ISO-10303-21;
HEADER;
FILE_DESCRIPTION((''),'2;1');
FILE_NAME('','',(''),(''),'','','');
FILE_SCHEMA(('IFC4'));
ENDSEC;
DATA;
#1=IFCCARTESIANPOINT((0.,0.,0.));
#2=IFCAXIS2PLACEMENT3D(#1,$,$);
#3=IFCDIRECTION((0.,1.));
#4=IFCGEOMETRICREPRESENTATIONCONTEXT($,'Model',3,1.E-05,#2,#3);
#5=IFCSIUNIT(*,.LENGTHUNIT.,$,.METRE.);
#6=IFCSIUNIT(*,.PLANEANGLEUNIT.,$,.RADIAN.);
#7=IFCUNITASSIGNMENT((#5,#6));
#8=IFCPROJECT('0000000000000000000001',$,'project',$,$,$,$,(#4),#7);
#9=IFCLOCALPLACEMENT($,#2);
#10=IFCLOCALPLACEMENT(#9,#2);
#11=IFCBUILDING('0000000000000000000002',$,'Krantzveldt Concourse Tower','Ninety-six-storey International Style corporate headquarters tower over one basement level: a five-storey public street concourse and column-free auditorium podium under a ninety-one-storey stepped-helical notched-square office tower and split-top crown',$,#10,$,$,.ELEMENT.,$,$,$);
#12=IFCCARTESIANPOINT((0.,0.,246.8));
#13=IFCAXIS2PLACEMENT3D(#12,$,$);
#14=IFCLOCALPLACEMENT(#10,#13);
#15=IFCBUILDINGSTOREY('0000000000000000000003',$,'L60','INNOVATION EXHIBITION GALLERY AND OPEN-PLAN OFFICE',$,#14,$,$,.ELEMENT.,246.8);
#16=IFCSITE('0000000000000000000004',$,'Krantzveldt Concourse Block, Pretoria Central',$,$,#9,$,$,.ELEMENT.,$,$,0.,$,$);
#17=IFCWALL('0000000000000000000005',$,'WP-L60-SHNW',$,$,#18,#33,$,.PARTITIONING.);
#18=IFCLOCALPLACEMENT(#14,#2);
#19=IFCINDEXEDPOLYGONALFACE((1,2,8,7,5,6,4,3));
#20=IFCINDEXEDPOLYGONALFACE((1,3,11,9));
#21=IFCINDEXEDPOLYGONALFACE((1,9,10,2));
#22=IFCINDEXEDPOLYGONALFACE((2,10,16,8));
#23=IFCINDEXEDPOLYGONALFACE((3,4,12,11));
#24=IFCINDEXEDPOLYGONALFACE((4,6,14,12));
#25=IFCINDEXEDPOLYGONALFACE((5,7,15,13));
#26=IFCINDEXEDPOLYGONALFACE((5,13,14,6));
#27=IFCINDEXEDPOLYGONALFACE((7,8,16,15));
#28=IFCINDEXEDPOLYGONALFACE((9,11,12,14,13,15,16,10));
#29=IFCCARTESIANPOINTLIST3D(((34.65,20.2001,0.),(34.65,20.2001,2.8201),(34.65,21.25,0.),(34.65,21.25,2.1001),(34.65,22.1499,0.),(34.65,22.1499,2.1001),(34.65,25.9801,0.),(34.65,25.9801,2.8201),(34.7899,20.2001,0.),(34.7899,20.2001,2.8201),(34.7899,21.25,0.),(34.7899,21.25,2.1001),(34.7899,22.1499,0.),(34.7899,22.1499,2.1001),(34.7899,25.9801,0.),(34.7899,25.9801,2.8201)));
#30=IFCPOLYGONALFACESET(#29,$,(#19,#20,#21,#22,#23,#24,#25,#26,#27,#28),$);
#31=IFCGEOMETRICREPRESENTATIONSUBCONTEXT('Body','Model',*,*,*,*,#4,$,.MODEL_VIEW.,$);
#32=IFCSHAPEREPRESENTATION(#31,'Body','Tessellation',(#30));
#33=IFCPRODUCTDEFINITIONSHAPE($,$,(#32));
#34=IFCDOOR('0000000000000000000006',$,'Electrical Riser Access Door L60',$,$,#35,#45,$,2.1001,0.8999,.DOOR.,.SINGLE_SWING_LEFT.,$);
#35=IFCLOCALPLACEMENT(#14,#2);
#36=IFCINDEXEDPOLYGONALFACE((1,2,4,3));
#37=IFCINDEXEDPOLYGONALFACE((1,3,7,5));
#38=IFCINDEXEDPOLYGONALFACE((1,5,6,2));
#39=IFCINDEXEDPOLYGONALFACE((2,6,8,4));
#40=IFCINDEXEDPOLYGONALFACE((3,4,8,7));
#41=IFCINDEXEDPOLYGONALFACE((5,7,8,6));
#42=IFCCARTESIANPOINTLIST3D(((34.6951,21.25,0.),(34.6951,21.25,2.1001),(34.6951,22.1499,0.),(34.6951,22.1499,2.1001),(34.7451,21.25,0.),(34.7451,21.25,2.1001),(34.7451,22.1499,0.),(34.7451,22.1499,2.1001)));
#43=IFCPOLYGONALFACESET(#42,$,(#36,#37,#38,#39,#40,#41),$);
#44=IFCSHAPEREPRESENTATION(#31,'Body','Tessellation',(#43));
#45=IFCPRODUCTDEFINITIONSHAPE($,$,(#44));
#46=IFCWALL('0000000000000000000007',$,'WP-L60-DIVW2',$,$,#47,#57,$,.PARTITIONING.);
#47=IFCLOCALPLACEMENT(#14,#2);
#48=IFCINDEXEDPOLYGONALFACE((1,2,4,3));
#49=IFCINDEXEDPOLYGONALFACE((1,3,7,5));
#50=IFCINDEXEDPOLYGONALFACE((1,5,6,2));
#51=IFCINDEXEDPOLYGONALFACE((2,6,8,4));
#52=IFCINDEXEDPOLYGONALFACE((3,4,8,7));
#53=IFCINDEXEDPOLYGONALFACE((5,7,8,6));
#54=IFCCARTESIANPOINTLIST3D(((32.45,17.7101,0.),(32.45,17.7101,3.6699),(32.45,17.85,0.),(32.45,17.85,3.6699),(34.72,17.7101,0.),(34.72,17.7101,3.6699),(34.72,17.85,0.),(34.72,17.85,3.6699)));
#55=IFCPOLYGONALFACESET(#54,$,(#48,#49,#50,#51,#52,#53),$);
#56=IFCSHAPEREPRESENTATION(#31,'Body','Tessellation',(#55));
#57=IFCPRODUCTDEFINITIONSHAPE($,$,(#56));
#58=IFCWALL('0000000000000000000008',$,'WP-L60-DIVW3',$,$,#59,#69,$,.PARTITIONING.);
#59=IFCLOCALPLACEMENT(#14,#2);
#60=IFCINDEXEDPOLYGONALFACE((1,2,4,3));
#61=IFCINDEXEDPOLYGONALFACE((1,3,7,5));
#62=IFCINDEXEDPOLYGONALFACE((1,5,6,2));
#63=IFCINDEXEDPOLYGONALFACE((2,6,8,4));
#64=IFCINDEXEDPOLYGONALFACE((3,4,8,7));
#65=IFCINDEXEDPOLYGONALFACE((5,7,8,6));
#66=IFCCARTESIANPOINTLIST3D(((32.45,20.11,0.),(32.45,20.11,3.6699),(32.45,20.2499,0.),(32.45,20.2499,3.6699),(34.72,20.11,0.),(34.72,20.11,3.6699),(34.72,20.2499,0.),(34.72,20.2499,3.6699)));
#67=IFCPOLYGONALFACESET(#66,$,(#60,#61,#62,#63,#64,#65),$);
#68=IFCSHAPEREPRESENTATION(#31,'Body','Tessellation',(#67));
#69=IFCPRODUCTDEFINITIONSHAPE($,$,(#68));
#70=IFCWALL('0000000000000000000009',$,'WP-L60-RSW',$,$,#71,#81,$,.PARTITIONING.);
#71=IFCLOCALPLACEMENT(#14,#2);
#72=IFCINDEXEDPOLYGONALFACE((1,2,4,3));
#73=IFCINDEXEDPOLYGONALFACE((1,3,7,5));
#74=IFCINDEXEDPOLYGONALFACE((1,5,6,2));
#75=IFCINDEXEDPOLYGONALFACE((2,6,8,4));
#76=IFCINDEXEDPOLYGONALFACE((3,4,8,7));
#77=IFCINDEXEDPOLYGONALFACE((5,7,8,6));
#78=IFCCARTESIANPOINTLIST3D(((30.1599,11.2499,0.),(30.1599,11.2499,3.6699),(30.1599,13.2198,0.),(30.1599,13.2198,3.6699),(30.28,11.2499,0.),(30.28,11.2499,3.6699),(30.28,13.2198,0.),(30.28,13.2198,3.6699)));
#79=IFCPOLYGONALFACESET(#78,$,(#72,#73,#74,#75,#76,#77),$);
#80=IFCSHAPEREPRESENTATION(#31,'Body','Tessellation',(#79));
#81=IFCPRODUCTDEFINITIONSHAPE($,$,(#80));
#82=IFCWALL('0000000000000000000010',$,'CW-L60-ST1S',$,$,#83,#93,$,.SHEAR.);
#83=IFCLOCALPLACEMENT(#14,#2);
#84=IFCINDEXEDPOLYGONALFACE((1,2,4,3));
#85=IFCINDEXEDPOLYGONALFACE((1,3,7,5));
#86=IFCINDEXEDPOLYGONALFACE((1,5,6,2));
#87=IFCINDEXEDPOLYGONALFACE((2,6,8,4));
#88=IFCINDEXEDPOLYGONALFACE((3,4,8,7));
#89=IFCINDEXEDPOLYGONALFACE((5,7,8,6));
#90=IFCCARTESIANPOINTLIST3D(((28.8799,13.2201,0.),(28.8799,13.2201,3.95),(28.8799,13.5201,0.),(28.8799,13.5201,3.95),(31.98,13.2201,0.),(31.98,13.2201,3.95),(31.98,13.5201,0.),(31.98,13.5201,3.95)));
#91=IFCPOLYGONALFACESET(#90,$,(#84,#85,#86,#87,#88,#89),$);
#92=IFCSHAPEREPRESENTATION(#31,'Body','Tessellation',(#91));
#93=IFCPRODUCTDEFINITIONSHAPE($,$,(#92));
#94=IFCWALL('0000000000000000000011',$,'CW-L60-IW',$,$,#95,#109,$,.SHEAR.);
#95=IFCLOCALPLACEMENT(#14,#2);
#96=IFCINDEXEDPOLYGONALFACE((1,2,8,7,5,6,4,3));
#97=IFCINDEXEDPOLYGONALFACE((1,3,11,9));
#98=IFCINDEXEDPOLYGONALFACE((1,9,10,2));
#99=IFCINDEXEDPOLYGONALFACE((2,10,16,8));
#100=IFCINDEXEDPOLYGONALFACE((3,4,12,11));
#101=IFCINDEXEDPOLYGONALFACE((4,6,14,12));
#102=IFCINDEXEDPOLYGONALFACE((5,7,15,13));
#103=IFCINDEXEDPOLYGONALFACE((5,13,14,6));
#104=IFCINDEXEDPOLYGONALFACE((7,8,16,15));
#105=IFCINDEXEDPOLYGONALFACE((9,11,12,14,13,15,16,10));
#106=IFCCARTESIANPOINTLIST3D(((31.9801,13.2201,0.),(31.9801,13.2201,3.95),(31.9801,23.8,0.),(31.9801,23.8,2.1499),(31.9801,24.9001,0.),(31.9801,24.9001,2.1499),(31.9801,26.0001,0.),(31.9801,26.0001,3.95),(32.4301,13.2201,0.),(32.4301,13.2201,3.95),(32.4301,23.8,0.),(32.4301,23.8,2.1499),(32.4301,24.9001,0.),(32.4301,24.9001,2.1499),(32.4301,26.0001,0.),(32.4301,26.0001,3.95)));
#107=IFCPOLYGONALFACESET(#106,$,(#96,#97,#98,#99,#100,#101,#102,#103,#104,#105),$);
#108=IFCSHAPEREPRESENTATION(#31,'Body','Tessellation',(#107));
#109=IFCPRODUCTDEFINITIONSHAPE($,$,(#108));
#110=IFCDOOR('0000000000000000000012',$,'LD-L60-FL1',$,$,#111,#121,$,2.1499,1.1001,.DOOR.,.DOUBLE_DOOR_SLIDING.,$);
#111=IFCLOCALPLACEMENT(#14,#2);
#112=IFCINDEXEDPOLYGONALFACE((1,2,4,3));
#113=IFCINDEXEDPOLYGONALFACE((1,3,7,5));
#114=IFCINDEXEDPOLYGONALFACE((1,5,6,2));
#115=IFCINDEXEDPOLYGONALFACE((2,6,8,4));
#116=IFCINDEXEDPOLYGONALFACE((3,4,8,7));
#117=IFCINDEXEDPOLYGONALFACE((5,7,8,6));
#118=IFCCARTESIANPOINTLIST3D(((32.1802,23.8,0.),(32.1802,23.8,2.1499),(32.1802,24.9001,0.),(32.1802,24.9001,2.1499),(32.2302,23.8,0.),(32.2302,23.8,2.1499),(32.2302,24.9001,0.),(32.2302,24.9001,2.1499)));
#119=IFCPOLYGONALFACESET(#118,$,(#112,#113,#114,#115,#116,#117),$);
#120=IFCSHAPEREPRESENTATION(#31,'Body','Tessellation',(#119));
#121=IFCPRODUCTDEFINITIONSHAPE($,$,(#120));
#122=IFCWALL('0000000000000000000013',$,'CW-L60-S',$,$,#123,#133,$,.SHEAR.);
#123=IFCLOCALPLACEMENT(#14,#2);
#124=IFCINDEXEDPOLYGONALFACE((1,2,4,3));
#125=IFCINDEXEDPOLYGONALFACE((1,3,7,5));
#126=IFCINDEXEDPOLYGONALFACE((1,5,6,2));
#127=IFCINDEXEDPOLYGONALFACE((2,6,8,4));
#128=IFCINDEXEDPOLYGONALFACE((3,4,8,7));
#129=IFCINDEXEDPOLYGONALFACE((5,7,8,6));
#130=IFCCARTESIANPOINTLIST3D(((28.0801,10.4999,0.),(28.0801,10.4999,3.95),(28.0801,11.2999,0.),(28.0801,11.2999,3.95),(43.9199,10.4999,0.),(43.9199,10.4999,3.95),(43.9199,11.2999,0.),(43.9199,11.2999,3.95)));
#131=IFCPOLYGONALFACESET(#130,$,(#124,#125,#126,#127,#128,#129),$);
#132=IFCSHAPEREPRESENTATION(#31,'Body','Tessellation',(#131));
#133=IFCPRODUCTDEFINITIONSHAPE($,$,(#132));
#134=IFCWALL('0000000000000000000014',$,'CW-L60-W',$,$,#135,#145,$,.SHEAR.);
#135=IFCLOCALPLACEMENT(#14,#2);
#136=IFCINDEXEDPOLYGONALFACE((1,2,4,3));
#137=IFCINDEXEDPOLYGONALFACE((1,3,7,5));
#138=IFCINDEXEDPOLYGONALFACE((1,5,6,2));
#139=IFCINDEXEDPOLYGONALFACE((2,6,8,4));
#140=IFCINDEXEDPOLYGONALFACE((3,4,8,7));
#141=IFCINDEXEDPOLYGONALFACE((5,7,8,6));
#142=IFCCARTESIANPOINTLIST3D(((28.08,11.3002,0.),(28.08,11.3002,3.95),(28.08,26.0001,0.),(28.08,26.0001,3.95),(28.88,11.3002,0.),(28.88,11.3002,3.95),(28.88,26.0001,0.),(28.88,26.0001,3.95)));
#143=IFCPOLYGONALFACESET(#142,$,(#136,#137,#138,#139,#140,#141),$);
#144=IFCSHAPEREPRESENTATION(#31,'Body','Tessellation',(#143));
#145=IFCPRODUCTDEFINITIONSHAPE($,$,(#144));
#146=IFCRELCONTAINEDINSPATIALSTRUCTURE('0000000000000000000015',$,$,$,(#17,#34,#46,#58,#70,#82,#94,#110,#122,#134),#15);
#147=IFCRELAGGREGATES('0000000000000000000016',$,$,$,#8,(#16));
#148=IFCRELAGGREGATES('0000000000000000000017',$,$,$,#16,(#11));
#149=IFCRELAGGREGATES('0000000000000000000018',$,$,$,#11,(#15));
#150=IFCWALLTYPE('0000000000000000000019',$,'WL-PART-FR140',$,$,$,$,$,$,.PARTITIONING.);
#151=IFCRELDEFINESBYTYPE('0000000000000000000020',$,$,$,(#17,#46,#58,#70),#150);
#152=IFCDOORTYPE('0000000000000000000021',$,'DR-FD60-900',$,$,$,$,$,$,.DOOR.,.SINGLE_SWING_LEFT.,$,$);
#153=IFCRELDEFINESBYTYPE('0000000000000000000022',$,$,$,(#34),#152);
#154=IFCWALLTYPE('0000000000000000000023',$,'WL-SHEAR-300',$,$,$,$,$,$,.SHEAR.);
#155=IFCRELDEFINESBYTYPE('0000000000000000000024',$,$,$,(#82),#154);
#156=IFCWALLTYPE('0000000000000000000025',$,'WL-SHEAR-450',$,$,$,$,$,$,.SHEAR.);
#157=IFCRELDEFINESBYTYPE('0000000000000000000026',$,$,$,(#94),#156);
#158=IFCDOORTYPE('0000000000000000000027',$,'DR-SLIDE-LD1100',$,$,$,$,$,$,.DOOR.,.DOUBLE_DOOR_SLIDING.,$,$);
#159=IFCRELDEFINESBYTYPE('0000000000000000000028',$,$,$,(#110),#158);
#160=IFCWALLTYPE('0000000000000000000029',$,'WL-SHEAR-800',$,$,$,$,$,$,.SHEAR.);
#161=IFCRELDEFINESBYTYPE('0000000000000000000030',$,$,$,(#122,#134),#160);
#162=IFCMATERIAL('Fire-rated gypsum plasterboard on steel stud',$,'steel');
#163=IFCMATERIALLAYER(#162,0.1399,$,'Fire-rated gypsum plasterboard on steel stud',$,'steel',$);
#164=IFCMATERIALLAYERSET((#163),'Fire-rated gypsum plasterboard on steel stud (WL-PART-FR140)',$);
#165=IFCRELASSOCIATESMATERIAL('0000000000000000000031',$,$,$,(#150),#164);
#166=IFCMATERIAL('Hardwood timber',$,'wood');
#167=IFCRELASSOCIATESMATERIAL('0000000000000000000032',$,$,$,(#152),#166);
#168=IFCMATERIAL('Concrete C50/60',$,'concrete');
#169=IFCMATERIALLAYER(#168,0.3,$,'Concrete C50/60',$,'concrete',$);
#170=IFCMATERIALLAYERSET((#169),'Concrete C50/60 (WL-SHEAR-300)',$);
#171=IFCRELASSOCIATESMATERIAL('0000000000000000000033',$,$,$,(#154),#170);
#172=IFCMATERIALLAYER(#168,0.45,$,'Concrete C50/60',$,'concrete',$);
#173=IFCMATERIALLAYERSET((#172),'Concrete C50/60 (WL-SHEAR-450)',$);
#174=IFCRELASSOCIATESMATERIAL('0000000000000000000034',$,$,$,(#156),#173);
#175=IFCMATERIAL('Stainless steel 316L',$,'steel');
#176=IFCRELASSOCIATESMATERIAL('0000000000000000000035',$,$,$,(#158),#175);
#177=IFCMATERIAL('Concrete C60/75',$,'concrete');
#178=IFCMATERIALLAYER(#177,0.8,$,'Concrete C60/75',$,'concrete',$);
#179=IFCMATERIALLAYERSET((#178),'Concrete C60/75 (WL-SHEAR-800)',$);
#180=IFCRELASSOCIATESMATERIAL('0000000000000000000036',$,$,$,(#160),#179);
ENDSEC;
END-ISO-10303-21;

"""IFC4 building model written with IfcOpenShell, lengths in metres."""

from ifc_helpers import new_model, si_unit, direction, frame, frame_2d, origin, place, context, subcontext, project, spatial, rectangle, extrude, material, layer, layer_set, type_object, element, fill, save


model = new_model("IFC4")

# Units and contexts
model_context = context("Model", 3, precision=1e-05, world=origin(), true_north=direction((0.0, 1.0)))
body_context = subcontext(model_context, "Body", "Model", "MODEL_VIEW")
ifc_project = project(units=[si_unit("LENGTHUNIT", "METRE"), si_unit("PLANEANGLEUNIT", "RADIAN")], contexts=[model_context])

# Site, building, storey
site_placement = place(None, origin())
site = spatial("IfcSite", under=ifc_project, at=site_placement, Name="Krantzveldt Concourse Block, Pretoria Central", CompositionType="ELEMENT", RefElevation=0.0)
building_placement = place(site_placement, origin())
building = spatial("IfcBuilding", under=site, at=building_placement, Name="Krantzveldt Concourse Tower", Description="Ninety-six-storey International Style corporate headquarters tower over one basement level: a five-storey public street concourse and column-free auditorium podium under a ninety-one-storey stepped-helical notched-square office tower and split-top crown", CompositionType="ELEMENT")
storey_placement = place(building_placement, frame((0.0, 0.0, 246.8)))
storey = spatial("IfcBuildingStorey", under=building, at=storey_placement, Name="L60", Description="INNOVATION EXHIBITION GALLERY AND OPEN-PLAN OFFICE", CompositionType="ELEMENT", Elevation=246.8)

# Shared definitions
ifc_material_1 = material(Name="Concrete C50/60", Category="concrete")

# Wall, opening, door
ifc_material_2 = material(Name="Fire-rated gypsum plasterboard on steel stud", Category="steel")
ifc_material_3 = material(Name="Hardwood timber", Category="wood")
ifc_layer_1 = layer(ifc_material_2, 0.1399, Name="Fire-rated gypsum plasterboard on steel stud", Category="steel")
ifc_layer_set_1 = layer_set([ifc_layer_1], Name="Fire-rated gypsum plasterboard on steel stud (WL-PART-FR140)")
wall_type_1 = type_object("IfcWallType", Name="WL-PART-FR140", PredefinedType="PARTITIONING", material=ifc_layer_set_1)
wall_1_placement = place(storey_placement, frame((34.72, 20.2, 0.0), z_axis=(0.0, 0.0, 1.0), x_axis=(0.0, 1.0, 0.0)))
wall_1 = element("IfcWall", 1, at=wall_1_placement, inside=storey, type_object=wall_type_1, Name="WP-L60-SHNW", PredefinedType="PARTITIONING", context=body_context, shape_type="SweptSolid", body=[
    extrude(rectangle(XDim=5.78, YDim=0.1399, at=frame_2d((2.8901, 0.0))), origin(), (0.0, 0.0, 1.0), 2.8201),
])
opening_1_placement = place(wall_1_placement, frame((1.05, 0.0, 0.0)))
opening_1 = element("IfcOpeningElement", 2, at=opening_1_placement, cuts=wall_1, PredefinedType="OPENING", context=body_context, shape_type="SweptSolid", body=[
    extrude(rectangle(XDim=0.8999, YDim=2.1001, at=frame_2d((0.45, 1.05))), frame((0.0, 0.0801, 0.0), z_axis=(0.0, -1.0, 0.0), x_axis=(1.0, 0.0, 0.0)), (0.0, 0.0, 1.0), 0.1599),
])
door_type_1 = type_object("IfcDoorType", Name="DR-FD60-900", OperationType="SINGLE_SWING_LEFT", PredefinedType="DOOR", material=ifc_material_3)
door_1_placement = place(opening_1_placement, origin())
door_1 = element("IfcDoor", 3, at=door_1_placement, inside=storey, type_object=door_type_1, Name="Electrical Riser Access Door L60", OperationType="SINGLE_SWING_LEFT", OverallHeight=2.1001, OverallWidth=0.8999, PredefinedType="DOOR", context=body_context, shape_type="SweptSolid", body=[
    extrude(rectangle(XDim=0.8999, YDim=2.1001, at=frame_2d((0.45, 1.05))), frame((0.0, 0.0249, 0.0), z_axis=(0.0, -1.0, 0.0), x_axis=(1.0, 0.0, 0.0)), (0.0, 0.0, 1.0), 0.05),
])
fill(opening_1, door_1)

# Walls
for number, where, z_axis, x_axis, name in (
    (4, (32.45, 17.78, 0.0), (0.0, 0.0, 1.0), (1.0, 0.0, 0.0), "WP-L60-DIVW2"),
    (5, (32.45, 20.1799, 0.0), (0.0, 0.0, 1.0), (1.0, 0.0, 0.0), "WP-L60-DIVW3"),
):
    element("IfcWall", number, at=place(storey_placement, frame(where, z_axis=z_axis, x_axis=x_axis)), inside=storey, type_object=wall_type_1, Name=name, PredefinedType="PARTITIONING", context=body_context, shape_type="SweptSolid", body=[
        extrude(rectangle(XDim=2.27, YDim=0.1399, at=frame_2d((1.135, 0.0))), origin(), (0.0, 0.0, 1.0), 3.6699),
    ])
wall_2_placement = place(storey_placement, frame((30.22, 11.25, 0.0), z_axis=(0.0, 0.0, 1.0), x_axis=(0.0, 1.0, 0.0)))
element("IfcWall", 6, at=wall_2_placement, inside=storey, type_object=wall_type_1, Name="WP-L60-RSW", PredefinedType="PARTITIONING", context=body_context, shape_type="SweptSolid", body=[
    extrude(rectangle(XDim=1.97, YDim=0.1201, at=frame_2d((0.9849, 0.0))), origin(), (0.0, 0.0, 1.0), 3.6699),
])
ifc_layer_2 = layer(ifc_material_1, 0.3, Name="Concrete C50/60", Category="concrete")
ifc_layer_set_2 = layer_set([ifc_layer_2], Name="Concrete C50/60 (WL-SHEAR-300)")
wall_type_2 = type_object("IfcWallType", Name="WL-SHEAR-300", PredefinedType="SHEAR", material=ifc_layer_set_2)
wall_3_placement = place(storey_placement, frame((28.8799, 13.3701, 0.0), z_axis=(0.0, 0.0, 1.0), x_axis=(1.0, 0.0, 0.0)))
element("IfcWall", 7, at=wall_3_placement, inside=storey, type_object=wall_type_2, Name="CW-L60-ST1S", PredefinedType="SHEAR", context=body_context, shape_type="SweptSolid", body=[
    extrude(rectangle(XDim=3.1001, YDim=0.3, at=frame_2d((1.55, 0.0))), origin(), (0.0, 0.0, 1.0), 3.95),
])

# Wall, opening, door
ifc_layer_3 = layer(ifc_material_1, 0.45, Name="Concrete C50/60", Category="concrete")
ifc_layer_set_3 = layer_set([ifc_layer_3], Name="Concrete C50/60 (WL-SHEAR-450)")
wall_type_3 = type_object("IfcWallType", Name="WL-SHEAR-450", PredefinedType="SHEAR", material=ifc_layer_set_3)
wall_4_placement = place(storey_placement, frame((32.2051, 13.22, 0.0), z_axis=(0.0, 0.0, 1.0), x_axis=(0.0, 1.0, 0.0)))
wall_4 = element("IfcWall", 8, at=wall_4_placement, inside=storey, type_object=wall_type_3, Name="CW-L60-IW", PredefinedType="SHEAR", context=body_context, shape_type="SweptSolid", body=[
    extrude(rectangle(XDim=12.78, YDim=0.45, at=frame_2d((6.3901, 0.0))), origin(), (0.0, 0.0, 1.0), 3.95),
])
opening_2_placement = place(wall_4_placement, frame((10.5801, 0.0, 0.0)))
opening_2 = element("IfcOpeningElement", 9, at=opening_2_placement, cuts=wall_4, PredefinedType="OPENING", context=body_context, shape_type="SweptSolid", body=[
    extrude(rectangle(XDim=1.1001, YDim=2.1499, at=frame_2d((0.55, 1.075))), frame((0.0, 0.2349, 0.0), z_axis=(0.0, -1.0, 0.0), x_axis=(1.0, 0.0, 0.0)), (0.0, 0.0, 1.0), 0.47),
])
ifc_material_4 = material(Name="Stainless steel 316L", Category="steel")
door_type_2 = type_object("IfcDoorType", Name="DR-SLIDE-LD1100", OperationType="DOUBLE_DOOR_SLIDING", PredefinedType="DOOR", material=ifc_material_4)
door_2_placement = place(opening_2_placement, origin())
door_2 = element("IfcDoor", 10, at=door_2_placement, inside=storey, type_object=door_type_2, Name="LD-L60-FL1", OperationType="DOUBLE_DOOR_SLIDING", OverallHeight=2.1499, OverallWidth=1.1001, PredefinedType="DOOR", context=body_context, shape_type="SweptSolid", body=[
    extrude(rectangle(XDim=1.1001, YDim=2.1499, at=frame_2d((0.55, 1.075))), frame((0.0, 0.0249, 0.0), z_axis=(0.0, -1.0, 0.0), x_axis=(1.0, 0.0, 0.0)), (0.0, 0.0, 1.0), 0.05),
])
fill(opening_2, door_2)

# Walls
ifc_material_5 = material(Name="Concrete C60/75", Category="concrete")
ifc_layer_4 = layer(ifc_material_5, 0.8, Name="Concrete C60/75", Category="concrete")
ifc_layer_set_4 = layer_set([ifc_layer_4], Name="Concrete C60/75 (WL-SHEAR-800)")
wall_type_4 = type_object("IfcWallType", Name="WL-SHEAR-800", PredefinedType="SHEAR", material=ifc_layer_set_4)
wall_5_placement = place(storey_placement, frame((28.0801, 10.8999, 0.0), z_axis=(0.0, 0.0, 1.0), x_axis=(1.0, 0.0, 0.0)))
element("IfcWall", 11, at=wall_5_placement, inside=storey, type_object=wall_type_4, Name="CW-L60-S", PredefinedType="SHEAR", context=body_context, shape_type="SweptSolid", body=[
    extrude(rectangle(XDim=15.8398, YDim=0.8, at=frame_2d((7.9199, 0.0))), origin(), (0.0, 0.0, 1.0), 3.95),
])
wall_6_placement = place(storey_placement, frame((28.48, 11.3, 0.0), z_axis=(0.0, 0.0, 1.0), x_axis=(0.0, 1.0, 0.0)))
element("IfcWall", 12, at=wall_6_placement, inside=storey, type_object=wall_type_4, Name="CW-L60-W", PredefinedType="SHEAR", context=body_context, shape_type="SweptSolid", body=[
    extrude(rectangle(XDim=14.7, YDim=0.8, at=frame_2d((7.3501, 0.0))), origin(), (0.0, 0.0, 1.0), 3.95),
])

save(model, "model.ifc")
